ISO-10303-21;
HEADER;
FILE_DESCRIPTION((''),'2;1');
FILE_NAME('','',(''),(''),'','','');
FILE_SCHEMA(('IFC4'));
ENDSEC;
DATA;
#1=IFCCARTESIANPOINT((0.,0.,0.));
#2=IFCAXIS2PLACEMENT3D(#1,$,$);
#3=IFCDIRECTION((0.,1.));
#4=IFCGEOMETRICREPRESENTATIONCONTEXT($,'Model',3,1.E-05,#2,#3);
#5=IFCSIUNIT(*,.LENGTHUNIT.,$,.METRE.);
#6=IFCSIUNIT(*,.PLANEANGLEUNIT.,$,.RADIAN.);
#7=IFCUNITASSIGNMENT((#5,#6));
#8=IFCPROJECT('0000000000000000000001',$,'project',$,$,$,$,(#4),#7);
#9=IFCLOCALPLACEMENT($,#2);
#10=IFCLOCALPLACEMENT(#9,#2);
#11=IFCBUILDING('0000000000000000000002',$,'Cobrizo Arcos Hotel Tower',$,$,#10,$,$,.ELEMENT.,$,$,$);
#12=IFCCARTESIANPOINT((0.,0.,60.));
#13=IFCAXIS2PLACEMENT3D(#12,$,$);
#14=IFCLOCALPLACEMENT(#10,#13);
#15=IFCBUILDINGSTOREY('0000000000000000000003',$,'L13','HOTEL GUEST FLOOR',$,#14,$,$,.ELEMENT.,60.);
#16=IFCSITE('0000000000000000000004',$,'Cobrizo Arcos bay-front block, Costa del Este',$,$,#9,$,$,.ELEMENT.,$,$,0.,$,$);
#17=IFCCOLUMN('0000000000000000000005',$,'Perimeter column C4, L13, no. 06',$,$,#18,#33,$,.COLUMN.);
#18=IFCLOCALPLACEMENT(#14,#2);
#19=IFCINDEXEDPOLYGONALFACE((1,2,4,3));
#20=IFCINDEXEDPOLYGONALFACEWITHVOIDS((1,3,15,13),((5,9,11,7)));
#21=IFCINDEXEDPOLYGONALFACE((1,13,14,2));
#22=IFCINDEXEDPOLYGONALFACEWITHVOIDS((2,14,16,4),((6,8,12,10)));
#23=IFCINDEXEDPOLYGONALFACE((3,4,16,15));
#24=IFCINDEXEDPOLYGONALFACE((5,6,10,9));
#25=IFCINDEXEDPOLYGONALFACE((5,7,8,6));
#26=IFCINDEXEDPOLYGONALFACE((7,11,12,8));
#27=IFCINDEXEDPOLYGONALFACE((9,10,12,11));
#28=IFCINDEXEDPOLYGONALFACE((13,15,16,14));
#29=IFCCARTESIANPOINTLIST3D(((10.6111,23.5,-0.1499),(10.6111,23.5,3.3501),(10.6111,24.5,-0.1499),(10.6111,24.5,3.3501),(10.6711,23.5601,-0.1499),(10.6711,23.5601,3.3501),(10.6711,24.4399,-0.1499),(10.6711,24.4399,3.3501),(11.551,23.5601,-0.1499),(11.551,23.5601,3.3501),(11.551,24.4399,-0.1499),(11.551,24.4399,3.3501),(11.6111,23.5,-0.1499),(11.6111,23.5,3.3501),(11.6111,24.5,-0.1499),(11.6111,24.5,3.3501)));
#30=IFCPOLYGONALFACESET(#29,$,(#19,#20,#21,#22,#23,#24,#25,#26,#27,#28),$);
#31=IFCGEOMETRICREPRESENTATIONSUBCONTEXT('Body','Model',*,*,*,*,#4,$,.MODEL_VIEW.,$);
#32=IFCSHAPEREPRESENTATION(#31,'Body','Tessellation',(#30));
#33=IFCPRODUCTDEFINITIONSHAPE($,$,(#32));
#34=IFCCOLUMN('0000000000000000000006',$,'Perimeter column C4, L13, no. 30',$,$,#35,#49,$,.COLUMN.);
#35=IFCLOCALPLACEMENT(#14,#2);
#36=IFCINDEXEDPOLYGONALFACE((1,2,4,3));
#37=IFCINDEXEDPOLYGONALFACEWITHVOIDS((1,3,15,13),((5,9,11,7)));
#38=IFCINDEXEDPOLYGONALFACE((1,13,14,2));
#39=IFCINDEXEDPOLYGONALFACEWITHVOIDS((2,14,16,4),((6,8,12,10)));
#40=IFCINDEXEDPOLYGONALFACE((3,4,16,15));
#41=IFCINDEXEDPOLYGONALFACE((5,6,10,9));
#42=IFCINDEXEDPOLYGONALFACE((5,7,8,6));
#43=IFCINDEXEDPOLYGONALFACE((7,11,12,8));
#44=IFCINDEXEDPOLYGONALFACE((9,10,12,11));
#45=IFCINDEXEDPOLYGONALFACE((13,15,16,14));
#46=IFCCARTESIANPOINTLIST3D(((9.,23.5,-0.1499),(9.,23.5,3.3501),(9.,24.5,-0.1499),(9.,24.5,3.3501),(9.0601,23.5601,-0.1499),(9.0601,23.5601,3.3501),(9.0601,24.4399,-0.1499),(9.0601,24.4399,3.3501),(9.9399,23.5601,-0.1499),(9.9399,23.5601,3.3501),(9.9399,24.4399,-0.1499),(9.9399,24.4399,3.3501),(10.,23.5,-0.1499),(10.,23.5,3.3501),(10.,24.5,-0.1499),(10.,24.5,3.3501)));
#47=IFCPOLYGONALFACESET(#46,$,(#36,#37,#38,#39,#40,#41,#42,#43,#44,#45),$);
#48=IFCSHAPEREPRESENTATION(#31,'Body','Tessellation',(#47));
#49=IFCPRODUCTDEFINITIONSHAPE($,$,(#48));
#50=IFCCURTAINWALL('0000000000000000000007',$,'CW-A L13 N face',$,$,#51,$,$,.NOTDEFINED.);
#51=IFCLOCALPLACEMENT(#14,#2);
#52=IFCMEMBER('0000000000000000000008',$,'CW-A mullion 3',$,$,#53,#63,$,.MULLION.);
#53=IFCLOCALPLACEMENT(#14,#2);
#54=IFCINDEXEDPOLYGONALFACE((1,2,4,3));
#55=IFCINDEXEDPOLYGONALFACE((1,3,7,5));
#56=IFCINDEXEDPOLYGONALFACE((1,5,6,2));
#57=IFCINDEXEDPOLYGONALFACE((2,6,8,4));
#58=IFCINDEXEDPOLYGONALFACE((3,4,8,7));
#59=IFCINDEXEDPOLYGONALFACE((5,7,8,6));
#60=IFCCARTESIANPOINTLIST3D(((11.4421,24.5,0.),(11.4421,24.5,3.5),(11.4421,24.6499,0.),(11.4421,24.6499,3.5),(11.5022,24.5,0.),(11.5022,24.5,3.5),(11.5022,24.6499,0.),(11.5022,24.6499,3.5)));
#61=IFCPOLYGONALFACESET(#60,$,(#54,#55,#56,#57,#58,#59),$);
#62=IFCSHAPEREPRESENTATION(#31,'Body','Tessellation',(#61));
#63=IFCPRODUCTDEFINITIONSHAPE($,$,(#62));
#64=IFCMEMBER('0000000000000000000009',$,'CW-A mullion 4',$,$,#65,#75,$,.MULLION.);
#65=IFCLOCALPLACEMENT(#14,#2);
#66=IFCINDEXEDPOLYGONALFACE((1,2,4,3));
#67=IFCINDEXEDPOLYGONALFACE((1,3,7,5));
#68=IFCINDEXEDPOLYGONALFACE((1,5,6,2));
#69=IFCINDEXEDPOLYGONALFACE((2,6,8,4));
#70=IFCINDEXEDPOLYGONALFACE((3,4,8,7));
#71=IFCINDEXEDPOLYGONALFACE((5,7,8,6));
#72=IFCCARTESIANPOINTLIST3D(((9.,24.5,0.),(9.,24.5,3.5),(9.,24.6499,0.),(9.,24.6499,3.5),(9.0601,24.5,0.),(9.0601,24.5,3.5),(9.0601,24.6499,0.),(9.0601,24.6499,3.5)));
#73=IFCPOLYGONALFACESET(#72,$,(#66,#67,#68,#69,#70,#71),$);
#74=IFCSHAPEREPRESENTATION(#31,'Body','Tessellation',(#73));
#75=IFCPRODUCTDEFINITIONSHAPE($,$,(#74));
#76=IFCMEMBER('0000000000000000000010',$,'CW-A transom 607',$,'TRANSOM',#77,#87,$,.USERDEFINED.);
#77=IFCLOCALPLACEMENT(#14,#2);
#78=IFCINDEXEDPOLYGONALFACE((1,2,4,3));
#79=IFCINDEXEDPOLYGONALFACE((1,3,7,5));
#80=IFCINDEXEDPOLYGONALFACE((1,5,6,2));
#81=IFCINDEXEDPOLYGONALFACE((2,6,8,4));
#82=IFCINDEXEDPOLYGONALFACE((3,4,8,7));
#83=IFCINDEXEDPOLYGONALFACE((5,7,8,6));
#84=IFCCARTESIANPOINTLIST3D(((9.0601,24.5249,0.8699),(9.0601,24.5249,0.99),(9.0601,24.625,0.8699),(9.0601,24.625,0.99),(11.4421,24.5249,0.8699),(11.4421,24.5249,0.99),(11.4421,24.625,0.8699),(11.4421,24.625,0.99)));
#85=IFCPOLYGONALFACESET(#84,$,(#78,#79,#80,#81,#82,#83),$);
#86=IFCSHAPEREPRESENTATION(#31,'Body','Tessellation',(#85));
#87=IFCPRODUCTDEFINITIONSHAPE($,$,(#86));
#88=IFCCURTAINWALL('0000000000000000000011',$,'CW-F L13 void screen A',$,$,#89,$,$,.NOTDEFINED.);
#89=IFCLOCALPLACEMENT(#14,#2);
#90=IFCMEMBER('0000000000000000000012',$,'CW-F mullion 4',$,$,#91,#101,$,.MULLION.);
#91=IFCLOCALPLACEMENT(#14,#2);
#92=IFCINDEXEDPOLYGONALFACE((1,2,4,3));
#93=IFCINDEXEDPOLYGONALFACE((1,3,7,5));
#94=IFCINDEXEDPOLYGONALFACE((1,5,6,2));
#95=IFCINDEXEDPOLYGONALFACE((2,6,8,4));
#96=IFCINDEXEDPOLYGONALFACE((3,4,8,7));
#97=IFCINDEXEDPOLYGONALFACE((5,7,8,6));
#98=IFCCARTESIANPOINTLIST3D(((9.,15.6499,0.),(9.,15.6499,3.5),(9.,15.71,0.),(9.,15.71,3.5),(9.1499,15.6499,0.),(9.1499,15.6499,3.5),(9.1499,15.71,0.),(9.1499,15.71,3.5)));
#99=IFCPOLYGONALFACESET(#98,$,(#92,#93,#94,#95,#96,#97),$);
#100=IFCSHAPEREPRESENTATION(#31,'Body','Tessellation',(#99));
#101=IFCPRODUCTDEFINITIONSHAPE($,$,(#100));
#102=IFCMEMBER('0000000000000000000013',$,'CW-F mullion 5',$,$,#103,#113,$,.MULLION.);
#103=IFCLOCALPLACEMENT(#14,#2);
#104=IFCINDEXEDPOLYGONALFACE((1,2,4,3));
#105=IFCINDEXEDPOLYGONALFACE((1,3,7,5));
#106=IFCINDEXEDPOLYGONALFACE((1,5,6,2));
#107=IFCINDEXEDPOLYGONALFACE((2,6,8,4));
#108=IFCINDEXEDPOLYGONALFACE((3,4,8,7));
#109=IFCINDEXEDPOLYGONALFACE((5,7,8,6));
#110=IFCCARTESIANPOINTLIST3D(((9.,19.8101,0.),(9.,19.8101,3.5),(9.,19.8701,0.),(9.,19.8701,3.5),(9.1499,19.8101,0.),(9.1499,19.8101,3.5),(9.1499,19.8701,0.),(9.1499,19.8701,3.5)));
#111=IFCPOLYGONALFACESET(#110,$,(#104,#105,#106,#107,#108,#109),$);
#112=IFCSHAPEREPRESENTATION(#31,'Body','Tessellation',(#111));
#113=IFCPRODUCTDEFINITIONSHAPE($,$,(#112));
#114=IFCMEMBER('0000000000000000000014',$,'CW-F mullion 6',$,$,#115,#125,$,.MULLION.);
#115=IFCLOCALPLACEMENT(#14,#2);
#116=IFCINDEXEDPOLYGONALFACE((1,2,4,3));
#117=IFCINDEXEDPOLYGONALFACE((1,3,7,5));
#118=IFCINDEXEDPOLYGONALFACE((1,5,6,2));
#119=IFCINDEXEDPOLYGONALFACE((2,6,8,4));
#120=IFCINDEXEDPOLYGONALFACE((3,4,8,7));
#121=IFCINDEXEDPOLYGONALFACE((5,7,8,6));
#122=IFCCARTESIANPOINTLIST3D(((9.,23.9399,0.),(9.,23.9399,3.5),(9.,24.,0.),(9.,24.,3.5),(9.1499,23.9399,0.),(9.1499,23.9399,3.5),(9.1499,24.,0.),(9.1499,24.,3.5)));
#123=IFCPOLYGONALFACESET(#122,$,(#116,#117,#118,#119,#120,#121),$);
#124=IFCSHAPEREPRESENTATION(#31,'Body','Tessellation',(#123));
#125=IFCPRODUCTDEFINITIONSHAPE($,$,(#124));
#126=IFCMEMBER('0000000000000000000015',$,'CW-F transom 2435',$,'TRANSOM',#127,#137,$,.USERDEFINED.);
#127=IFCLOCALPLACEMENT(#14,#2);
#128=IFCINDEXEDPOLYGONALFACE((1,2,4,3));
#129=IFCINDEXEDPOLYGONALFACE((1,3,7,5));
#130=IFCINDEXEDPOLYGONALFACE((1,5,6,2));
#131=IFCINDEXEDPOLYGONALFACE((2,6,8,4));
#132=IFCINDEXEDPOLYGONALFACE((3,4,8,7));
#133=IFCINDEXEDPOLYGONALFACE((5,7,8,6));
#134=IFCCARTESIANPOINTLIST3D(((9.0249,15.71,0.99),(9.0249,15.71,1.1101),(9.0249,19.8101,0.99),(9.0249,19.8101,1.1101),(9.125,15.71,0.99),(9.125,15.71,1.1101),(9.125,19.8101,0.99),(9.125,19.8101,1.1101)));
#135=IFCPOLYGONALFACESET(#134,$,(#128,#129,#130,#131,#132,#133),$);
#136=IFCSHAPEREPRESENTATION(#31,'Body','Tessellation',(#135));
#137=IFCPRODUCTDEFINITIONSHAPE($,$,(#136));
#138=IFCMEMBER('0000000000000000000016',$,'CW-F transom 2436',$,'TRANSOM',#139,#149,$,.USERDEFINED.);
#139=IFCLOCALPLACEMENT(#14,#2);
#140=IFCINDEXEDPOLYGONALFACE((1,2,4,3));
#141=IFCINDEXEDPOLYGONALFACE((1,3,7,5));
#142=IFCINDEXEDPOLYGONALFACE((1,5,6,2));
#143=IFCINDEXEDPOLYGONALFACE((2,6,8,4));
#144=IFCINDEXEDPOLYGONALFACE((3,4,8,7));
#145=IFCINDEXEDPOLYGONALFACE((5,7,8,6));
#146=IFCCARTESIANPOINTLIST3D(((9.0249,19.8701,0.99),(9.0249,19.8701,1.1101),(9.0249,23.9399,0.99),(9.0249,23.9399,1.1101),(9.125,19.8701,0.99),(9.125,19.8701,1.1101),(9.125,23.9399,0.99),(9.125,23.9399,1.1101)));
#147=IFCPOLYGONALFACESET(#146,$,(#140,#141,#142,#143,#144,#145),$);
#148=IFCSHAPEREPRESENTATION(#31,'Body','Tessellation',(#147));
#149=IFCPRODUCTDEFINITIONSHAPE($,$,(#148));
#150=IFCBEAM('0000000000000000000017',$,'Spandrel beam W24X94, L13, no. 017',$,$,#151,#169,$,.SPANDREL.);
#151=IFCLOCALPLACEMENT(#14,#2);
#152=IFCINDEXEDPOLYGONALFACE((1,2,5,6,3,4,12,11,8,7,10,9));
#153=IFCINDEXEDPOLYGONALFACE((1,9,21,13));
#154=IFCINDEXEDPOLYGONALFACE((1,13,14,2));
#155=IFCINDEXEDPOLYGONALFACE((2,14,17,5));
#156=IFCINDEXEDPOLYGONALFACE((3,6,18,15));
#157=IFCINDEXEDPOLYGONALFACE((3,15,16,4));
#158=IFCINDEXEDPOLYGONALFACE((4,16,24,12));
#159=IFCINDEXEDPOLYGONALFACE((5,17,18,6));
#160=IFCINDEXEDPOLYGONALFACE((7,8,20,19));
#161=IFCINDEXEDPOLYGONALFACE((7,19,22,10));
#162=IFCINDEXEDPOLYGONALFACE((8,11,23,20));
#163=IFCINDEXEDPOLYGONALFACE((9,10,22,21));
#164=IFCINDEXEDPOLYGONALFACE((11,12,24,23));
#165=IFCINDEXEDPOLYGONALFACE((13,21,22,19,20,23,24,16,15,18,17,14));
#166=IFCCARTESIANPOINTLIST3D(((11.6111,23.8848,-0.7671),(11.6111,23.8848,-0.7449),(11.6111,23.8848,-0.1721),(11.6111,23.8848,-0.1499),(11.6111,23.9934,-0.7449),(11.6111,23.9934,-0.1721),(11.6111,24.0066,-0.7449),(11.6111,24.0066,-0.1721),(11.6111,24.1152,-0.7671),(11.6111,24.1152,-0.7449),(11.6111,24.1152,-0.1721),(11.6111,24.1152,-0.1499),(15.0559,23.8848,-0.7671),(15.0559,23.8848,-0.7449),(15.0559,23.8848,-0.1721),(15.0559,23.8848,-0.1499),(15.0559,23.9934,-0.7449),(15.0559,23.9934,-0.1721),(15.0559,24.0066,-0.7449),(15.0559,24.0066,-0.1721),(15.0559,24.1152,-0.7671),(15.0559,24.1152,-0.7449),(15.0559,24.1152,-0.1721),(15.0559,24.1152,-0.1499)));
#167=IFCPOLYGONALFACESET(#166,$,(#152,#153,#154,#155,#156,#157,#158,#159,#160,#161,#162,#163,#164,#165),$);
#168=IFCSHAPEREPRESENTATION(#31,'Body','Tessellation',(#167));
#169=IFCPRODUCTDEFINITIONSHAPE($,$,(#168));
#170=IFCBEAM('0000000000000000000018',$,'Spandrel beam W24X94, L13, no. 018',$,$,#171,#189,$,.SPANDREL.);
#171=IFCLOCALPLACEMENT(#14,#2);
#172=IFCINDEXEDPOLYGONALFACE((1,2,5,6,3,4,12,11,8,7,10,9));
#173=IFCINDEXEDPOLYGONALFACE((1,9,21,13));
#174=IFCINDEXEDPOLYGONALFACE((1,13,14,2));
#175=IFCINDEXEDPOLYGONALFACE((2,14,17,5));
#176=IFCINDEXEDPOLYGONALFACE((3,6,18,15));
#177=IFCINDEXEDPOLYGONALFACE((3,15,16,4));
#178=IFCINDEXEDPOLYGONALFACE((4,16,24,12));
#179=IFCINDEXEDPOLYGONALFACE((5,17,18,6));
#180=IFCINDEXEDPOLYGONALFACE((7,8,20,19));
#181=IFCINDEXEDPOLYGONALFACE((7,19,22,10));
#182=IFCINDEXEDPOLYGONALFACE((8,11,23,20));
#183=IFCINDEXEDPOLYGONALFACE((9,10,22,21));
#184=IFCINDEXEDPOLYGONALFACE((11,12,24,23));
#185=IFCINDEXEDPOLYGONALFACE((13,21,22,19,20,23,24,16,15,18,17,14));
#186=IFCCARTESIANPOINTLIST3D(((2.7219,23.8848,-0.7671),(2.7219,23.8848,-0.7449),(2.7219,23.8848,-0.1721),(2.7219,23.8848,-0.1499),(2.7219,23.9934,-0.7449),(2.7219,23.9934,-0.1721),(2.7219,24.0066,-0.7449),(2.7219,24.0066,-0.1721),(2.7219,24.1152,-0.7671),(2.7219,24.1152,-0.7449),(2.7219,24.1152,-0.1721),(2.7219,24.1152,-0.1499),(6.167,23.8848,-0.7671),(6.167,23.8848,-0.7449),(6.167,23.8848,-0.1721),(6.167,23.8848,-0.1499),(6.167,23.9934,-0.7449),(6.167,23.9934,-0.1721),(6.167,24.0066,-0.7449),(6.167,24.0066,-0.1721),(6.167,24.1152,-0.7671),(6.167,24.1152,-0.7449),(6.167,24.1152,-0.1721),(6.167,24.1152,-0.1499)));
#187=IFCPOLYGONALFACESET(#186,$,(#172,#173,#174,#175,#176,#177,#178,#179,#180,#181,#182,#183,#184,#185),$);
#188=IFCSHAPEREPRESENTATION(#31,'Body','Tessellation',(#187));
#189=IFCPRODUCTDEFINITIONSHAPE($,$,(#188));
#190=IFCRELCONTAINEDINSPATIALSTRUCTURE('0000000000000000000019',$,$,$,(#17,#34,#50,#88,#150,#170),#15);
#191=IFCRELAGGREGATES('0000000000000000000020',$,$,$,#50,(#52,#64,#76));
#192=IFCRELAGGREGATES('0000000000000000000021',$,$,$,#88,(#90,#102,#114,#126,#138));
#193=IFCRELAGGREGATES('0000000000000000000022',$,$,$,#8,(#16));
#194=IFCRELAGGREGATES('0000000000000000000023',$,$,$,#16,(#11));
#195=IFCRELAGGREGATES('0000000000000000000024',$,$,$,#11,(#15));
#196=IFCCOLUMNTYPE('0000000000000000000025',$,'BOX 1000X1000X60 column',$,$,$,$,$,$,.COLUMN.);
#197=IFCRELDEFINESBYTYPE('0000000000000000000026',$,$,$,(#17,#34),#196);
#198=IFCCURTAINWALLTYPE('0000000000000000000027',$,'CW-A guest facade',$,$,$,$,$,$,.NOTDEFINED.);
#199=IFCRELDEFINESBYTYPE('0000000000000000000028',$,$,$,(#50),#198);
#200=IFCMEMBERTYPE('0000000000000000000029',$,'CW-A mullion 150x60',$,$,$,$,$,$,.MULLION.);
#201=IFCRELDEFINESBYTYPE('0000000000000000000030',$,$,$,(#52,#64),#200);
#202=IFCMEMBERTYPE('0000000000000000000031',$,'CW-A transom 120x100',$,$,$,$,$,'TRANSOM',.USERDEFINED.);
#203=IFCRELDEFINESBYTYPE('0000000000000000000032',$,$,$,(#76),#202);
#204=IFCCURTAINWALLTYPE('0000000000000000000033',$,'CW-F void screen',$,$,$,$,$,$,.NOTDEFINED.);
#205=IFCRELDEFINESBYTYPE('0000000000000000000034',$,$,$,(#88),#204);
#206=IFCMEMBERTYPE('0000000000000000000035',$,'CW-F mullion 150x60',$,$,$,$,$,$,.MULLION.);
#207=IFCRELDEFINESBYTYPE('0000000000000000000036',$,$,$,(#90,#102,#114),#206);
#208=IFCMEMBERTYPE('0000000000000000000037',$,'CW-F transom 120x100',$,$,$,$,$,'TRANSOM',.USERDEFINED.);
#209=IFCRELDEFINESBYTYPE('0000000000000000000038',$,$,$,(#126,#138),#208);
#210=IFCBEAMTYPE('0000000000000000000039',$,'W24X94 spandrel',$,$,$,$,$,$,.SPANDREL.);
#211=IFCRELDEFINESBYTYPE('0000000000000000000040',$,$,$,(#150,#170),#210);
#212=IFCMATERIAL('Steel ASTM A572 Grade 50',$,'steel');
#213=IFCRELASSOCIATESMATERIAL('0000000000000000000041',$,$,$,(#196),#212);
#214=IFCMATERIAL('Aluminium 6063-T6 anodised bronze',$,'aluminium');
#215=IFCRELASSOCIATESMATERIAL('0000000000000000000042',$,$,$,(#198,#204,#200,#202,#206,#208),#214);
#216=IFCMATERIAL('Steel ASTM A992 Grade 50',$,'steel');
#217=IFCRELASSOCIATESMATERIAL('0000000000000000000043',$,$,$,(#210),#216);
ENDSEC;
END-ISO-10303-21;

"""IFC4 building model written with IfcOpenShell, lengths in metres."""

from ifc_helpers import new_model, si_unit, direction, frame, origin, origin_2d, place, context, subcontext, project, spatial, rectangle, hollow_rectangle, i_section, extrude, material, material_profile, profile_set, type_object, element, aggregate, save


model = new_model("IFC4")

# Units and contexts
model_context = context("Model", 3, precision=1e-05, world=origin(), true_north=direction((0.0, 1.0)))
body_context = subcontext(model_context, "Body", "Model", "MODEL_VIEW")
ifc_project = project(units=[si_unit("LENGTHUNIT", "METRE"), si_unit("PLANEANGLEUNIT", "RADIAN")], contexts=[model_context])

# Site, building, storey
site_placement = place(None, origin())
site = spatial("IfcSite", under=ifc_project, at=site_placement, Name="Cobrizo Arcos bay-front block, Costa del Este", CompositionType="ELEMENT", RefElevation=0.0)
building_placement = place(site_placement, origin())
building = spatial("IfcBuilding", under=site, at=building_placement, Name="Cobrizo Arcos Hotel Tower", CompositionType="ELEMENT")
storey_placement = place(building_placement, frame((0.0, 0.0, 60.0)))
storey = spatial("IfcBuildingStorey", under=building, at=storey_placement, Name="L13", Description="HOTEL GUEST FLOOR", CompositionType="ELEMENT", Elevation=60.0)

# Columns
ifc_material_1 = material(Name="Steel ASTM A572 Grade 50", Category="steel")
ifc_material_profile_1 = material_profile(ifc_material_1, hollow_rectangle(XDim=1.0, YDim=1.0, WallThickness=0.0601, at=origin_2d()), Name="BOX 1000X1000X60")
ifc_profile_set_1 = profile_set([ifc_material_profile_1], Name="Steel ASTM A572 Grade 50")
column_type = type_object("IfcColumnType", Name="BOX 1000X1000X60 column", PredefinedType="COLUMN", material=ifc_profile_set_1)
for number, where, z_axis, x_axis, name in (
    (1, (11.1111, 24.0, -0.1499), (0.0, 0.0, 1.0), (1.0, 0.0, 0.0), "Perimeter column C4, L13, no. 06"),
    (2, (9.5, 24.0, -0.1499), (0.0, 0.0, 1.0), (1.0, 0.0, 0.0), "Perimeter column C4, L13, no. 30"),
):
    element("IfcColumn", number, at=place(storey_placement, frame(where, z_axis=z_axis, x_axis=x_axis)), inside=storey, type_object=column_type, Name=name, PredefinedType="COLUMN", context=body_context, shape_type="SweptSolid", body=[
        extrude(hollow_rectangle(XDim=1.0, YDim=1.0, WallThickness=0.0601, at=origin_2d()), origin(), (0.0, 0.0, 1.0), 3.5),
    ])

# Curtain walls, members
ifc_material_2 = material(Name="Aluminium 6063-T6 anodised bronze", Category="aluminium")
curtain_wall_type_1 = type_object("IfcCurtainWallType", Name="CW-A guest facade", PredefinedType="NOTDEFINED", material=ifc_material_2)
curtain_wall_1_placement = place(storey_placement, origin())
curtain_wall_1 = element("IfcCurtainWall", 3, at=curtain_wall_1_placement, inside=storey, type_object=curtain_wall_type_1, Name="CW-A L13 N face", PredefinedType="NOTDEFINED")
ifc_material_profile_2 = material_profile(ifc_material_2, rectangle(XDim=0.1499, YDim=0.0601, at=origin_2d()), Name="CW-A mullion 150x60")
ifc_profile_set_2 = profile_set([ifc_material_profile_2], Name="Aluminium 6063-T6 anodised bronze")
member_type_1 = type_object("IfcMemberType", Name="CW-A mullion 150x60", PredefinedType="MULLION", material=ifc_profile_set_2)
member_1_placement = place(storey_placement, frame((11.4722, 24.575, 0.0), z_axis=(0.0, 0.0, 1.0), x_axis=(0.0, 1.0, 0.0)))
member_1 = element("IfcMember", 4, at=member_1_placement, type_object=member_type_1, Name="CW-A mullion 3", PredefinedType="MULLION", context=body_context, shape_type="SweptSolid", body=[
    extrude(rectangle(XDim=0.1499, YDim=0.0601, at=origin_2d()), origin(), (0.0, 0.0, 1.0), 3.5),
])
member_2_placement = place(storey_placement, frame((9.03, 24.575, 0.0), z_axis=(0.0, 0.0, 1.0), x_axis=(0.0, 1.0, 0.0)))
member_2 = element("IfcMember", 5, at=member_2_placement, type_object=member_type_1, Name="CW-A mullion 4", PredefinedType="MULLION", context=body_context, shape_type="SweptSolid", body=[
    extrude(rectangle(XDim=0.1499, YDim=0.0601, at=origin_2d()), origin(), (0.0, 0.0, 1.0), 3.5),
])
ifc_material_profile_3 = material_profile(ifc_material_2, rectangle(XDim=0.1001, YDim=0.1201, at=origin_2d()), Name="CW-A transom 120x100")
ifc_profile_set_3 = profile_set([ifc_material_profile_3], Name="Aluminium 6063-T6 anodised bronze")
member_type_2 = type_object("IfcMemberType", Name="CW-A transom 120x100", ElementType="TRANSOM", PredefinedType="USERDEFINED", material=ifc_profile_set_3)
member_3_placement = place(storey_placement, frame((11.4421, 24.575, 0.9299), z_axis=(-1.0, 0.0, 0.0), x_axis=(0.0, -1.0, 0.0)))
member_3 = element("IfcMember", 6, at=member_3_placement, type_object=member_type_2, Name="CW-A transom 607", ObjectType="TRANSOM", PredefinedType="USERDEFINED", context=body_context, shape_type="SweptSolid", body=[
    extrude(rectangle(XDim=0.1001, YDim=0.1201, at=origin_2d()), origin(), (0.0, 0.0, 1.0), 2.3821),
])
curtain_wall_type_2 = type_object("IfcCurtainWallType", Name="CW-F void screen", PredefinedType="NOTDEFINED", material=ifc_material_2)
curtain_wall_2_placement = place(storey_placement, origin())
curtain_wall_2 = element("IfcCurtainWall", 7, at=curtain_wall_2_placement, inside=storey, type_object=curtain_wall_type_2, Name="CW-F L13 void screen A", PredefinedType="NOTDEFINED")
ifc_material_profile_4 = material_profile(ifc_material_2, rectangle(XDim=0.1499, YDim=0.0601, at=origin_2d()), Name="CW-F mullion 150x60")
ifc_profile_set_4 = profile_set([ifc_material_profile_4], Name="Aluminium 6063-T6 anodised bronze")
member_type_3 = type_object("IfcMemberType", Name="CW-F mullion 150x60", PredefinedType="MULLION", material=ifc_profile_set_4)
member_4_placement = place(storey_placement, frame((9.075, 15.6799, 0.0), z_axis=(0.0, 0.0, 1.0), x_axis=(1.0, 0.0, 0.0)))
member_4 = element("IfcMember", 8, at=member_4_placement, type_object=member_type_3, Name="CW-F mullion 4", PredefinedType="MULLION", context=body_context, shape_type="SweptSolid", body=[
    extrude(rectangle(XDim=0.1499, YDim=0.0601, at=origin_2d()), origin(), (0.0, 0.0, 1.0), 3.5),
])
member_5_placement = place(storey_placement, frame((9.075, 19.8401, 0.0), z_axis=(0.0, 0.0, 1.0), x_axis=(1.0, 0.0, 0.0)))
member_5 = element("IfcMember", 9, at=member_5_placement, type_object=member_type_3, Name="CW-F mullion 5", PredefinedType="MULLION", context=body_context, shape_type="SweptSolid", body=[
    extrude(rectangle(XDim=0.1499, YDim=0.0601, at=origin_2d()), origin(), (0.0, 0.0, 1.0), 3.5),
])
member_6_placement = place(storey_placement, frame((9.075, 23.97, 0.0), z_axis=(0.0, 0.0, 1.0), x_axis=(1.0, 0.0, 0.0)))
member_6 = element("IfcMember", 10, at=member_6_placement, type_object=member_type_3, Name="CW-F mullion 6", PredefinedType="MULLION", context=body_context, shape_type="SweptSolid", body=[
    extrude(rectangle(XDim=0.1499, YDim=0.0601, at=origin_2d()), origin(), (0.0, 0.0, 1.0), 3.5),
])
ifc_material_profile_5 = material_profile(ifc_material_2, rectangle(XDim=0.1001, YDim=0.1201, at=origin_2d()), Name="CW-F transom 120x100")
ifc_profile_set_5 = profile_set([ifc_material_profile_5], Name="Aluminium 6063-T6 anodised bronze")
member_type_4 = type_object("IfcMemberType", Name="CW-F transom 120x100", ElementType="TRANSOM", PredefinedType="USERDEFINED", material=ifc_profile_set_5)
member_7_placement = place(storey_placement, frame((9.075, 15.71, 1.05), z_axis=(0.0, 1.0, 0.0), x_axis=(-1.0, 0.0, 0.0)))
member_7 = element("IfcMember", 11, at=member_7_placement, type_object=member_type_4, Name="CW-F transom 2435", ObjectType="TRANSOM", PredefinedType="USERDEFINED", context=body_context, shape_type="SweptSolid", body=[
    extrude(rectangle(XDim=0.1001, YDim=0.1201, at=origin_2d()), origin(), (0.0, 0.0, 1.0), 4.1001),
])
member_8_placement = place(storey_placement, frame((9.075, 19.8701, 1.05), z_axis=(0.0, 1.0, 0.0), x_axis=(-1.0, 0.0, 0.0)))
member_8 = element("IfcMember", 12, at=member_8_placement, type_object=member_type_4, Name="CW-F transom 2436", ObjectType="TRANSOM", PredefinedType="USERDEFINED", context=body_context, shape_type="SweptSolid", body=[
    extrude(rectangle(XDim=0.1001, YDim=0.1201, at=origin_2d()), origin(), (0.0, 0.0, 1.0), 4.0698),
])

# Beams
ifc_material_3 = material(Name="Steel ASTM A992 Grade 50", Category="steel")
ifc_material_profile_6 = material_profile(ifc_material_3, i_section(OverallWidth=0.2305, OverallDepth=0.6172, WebThickness=0.0132, FlangeThickness=0.0222, at=origin_2d()), Name="W24X94")
ifc_profile_set_6 = profile_set([ifc_material_profile_6], Name="Steel ASTM A992 Grade 50")
beam_type_1 = type_object("IfcBeamType", Name="W24X94 spandrel", PredefinedType="SPANDREL", material=ifc_profile_set_6)
beam_1_placement = place(storey_placement, frame((15.0559, 24.0, -0.4585), z_axis=(-1.0, 0.0, 0.0), x_axis=(0.0, -1.0, 0.0)))
element("IfcBeam", 13, at=beam_1_placement, inside=storey, type_object=beam_type_1, Name="Spandrel beam W24X94, L13, no. 017", PredefinedType="SPANDREL", context=body_context, shape_type="SweptSolid", body=[
    extrude(i_section(OverallWidth=0.2305, OverallDepth=0.6172, WebThickness=0.0132, FlangeThickness=0.0222, at=origin_2d()), origin(), (0.0, 0.0, 1.0), 3.4448),
])
beam_2_placement = place(storey_placement, frame((6.167, 24.0, -0.4585), z_axis=(-1.0, 0.0, 0.0), x_axis=(0.0, -1.0, 0.0)))
element("IfcBeam", 14, at=beam_2_placement, inside=storey, type_object=beam_type_1, Name="Spandrel beam W24X94, L13, no. 018", PredefinedType="SPANDREL", context=body_context, shape_type="SweptSolid", body=[
    extrude(i_section(OverallWidth=0.2305, OverallDepth=0.6172, WebThickness=0.0132, FlangeThickness=0.0222, at=origin_2d()), origin(), (0.0, 0.0, 1.0), 3.4451),
])

aggregate(curtain_wall_1, [member_1, member_2, member_3])
aggregate(curtain_wall_2, [member_4, member_5, member_6, member_7, member_8])

save(model, "model.ifc")
